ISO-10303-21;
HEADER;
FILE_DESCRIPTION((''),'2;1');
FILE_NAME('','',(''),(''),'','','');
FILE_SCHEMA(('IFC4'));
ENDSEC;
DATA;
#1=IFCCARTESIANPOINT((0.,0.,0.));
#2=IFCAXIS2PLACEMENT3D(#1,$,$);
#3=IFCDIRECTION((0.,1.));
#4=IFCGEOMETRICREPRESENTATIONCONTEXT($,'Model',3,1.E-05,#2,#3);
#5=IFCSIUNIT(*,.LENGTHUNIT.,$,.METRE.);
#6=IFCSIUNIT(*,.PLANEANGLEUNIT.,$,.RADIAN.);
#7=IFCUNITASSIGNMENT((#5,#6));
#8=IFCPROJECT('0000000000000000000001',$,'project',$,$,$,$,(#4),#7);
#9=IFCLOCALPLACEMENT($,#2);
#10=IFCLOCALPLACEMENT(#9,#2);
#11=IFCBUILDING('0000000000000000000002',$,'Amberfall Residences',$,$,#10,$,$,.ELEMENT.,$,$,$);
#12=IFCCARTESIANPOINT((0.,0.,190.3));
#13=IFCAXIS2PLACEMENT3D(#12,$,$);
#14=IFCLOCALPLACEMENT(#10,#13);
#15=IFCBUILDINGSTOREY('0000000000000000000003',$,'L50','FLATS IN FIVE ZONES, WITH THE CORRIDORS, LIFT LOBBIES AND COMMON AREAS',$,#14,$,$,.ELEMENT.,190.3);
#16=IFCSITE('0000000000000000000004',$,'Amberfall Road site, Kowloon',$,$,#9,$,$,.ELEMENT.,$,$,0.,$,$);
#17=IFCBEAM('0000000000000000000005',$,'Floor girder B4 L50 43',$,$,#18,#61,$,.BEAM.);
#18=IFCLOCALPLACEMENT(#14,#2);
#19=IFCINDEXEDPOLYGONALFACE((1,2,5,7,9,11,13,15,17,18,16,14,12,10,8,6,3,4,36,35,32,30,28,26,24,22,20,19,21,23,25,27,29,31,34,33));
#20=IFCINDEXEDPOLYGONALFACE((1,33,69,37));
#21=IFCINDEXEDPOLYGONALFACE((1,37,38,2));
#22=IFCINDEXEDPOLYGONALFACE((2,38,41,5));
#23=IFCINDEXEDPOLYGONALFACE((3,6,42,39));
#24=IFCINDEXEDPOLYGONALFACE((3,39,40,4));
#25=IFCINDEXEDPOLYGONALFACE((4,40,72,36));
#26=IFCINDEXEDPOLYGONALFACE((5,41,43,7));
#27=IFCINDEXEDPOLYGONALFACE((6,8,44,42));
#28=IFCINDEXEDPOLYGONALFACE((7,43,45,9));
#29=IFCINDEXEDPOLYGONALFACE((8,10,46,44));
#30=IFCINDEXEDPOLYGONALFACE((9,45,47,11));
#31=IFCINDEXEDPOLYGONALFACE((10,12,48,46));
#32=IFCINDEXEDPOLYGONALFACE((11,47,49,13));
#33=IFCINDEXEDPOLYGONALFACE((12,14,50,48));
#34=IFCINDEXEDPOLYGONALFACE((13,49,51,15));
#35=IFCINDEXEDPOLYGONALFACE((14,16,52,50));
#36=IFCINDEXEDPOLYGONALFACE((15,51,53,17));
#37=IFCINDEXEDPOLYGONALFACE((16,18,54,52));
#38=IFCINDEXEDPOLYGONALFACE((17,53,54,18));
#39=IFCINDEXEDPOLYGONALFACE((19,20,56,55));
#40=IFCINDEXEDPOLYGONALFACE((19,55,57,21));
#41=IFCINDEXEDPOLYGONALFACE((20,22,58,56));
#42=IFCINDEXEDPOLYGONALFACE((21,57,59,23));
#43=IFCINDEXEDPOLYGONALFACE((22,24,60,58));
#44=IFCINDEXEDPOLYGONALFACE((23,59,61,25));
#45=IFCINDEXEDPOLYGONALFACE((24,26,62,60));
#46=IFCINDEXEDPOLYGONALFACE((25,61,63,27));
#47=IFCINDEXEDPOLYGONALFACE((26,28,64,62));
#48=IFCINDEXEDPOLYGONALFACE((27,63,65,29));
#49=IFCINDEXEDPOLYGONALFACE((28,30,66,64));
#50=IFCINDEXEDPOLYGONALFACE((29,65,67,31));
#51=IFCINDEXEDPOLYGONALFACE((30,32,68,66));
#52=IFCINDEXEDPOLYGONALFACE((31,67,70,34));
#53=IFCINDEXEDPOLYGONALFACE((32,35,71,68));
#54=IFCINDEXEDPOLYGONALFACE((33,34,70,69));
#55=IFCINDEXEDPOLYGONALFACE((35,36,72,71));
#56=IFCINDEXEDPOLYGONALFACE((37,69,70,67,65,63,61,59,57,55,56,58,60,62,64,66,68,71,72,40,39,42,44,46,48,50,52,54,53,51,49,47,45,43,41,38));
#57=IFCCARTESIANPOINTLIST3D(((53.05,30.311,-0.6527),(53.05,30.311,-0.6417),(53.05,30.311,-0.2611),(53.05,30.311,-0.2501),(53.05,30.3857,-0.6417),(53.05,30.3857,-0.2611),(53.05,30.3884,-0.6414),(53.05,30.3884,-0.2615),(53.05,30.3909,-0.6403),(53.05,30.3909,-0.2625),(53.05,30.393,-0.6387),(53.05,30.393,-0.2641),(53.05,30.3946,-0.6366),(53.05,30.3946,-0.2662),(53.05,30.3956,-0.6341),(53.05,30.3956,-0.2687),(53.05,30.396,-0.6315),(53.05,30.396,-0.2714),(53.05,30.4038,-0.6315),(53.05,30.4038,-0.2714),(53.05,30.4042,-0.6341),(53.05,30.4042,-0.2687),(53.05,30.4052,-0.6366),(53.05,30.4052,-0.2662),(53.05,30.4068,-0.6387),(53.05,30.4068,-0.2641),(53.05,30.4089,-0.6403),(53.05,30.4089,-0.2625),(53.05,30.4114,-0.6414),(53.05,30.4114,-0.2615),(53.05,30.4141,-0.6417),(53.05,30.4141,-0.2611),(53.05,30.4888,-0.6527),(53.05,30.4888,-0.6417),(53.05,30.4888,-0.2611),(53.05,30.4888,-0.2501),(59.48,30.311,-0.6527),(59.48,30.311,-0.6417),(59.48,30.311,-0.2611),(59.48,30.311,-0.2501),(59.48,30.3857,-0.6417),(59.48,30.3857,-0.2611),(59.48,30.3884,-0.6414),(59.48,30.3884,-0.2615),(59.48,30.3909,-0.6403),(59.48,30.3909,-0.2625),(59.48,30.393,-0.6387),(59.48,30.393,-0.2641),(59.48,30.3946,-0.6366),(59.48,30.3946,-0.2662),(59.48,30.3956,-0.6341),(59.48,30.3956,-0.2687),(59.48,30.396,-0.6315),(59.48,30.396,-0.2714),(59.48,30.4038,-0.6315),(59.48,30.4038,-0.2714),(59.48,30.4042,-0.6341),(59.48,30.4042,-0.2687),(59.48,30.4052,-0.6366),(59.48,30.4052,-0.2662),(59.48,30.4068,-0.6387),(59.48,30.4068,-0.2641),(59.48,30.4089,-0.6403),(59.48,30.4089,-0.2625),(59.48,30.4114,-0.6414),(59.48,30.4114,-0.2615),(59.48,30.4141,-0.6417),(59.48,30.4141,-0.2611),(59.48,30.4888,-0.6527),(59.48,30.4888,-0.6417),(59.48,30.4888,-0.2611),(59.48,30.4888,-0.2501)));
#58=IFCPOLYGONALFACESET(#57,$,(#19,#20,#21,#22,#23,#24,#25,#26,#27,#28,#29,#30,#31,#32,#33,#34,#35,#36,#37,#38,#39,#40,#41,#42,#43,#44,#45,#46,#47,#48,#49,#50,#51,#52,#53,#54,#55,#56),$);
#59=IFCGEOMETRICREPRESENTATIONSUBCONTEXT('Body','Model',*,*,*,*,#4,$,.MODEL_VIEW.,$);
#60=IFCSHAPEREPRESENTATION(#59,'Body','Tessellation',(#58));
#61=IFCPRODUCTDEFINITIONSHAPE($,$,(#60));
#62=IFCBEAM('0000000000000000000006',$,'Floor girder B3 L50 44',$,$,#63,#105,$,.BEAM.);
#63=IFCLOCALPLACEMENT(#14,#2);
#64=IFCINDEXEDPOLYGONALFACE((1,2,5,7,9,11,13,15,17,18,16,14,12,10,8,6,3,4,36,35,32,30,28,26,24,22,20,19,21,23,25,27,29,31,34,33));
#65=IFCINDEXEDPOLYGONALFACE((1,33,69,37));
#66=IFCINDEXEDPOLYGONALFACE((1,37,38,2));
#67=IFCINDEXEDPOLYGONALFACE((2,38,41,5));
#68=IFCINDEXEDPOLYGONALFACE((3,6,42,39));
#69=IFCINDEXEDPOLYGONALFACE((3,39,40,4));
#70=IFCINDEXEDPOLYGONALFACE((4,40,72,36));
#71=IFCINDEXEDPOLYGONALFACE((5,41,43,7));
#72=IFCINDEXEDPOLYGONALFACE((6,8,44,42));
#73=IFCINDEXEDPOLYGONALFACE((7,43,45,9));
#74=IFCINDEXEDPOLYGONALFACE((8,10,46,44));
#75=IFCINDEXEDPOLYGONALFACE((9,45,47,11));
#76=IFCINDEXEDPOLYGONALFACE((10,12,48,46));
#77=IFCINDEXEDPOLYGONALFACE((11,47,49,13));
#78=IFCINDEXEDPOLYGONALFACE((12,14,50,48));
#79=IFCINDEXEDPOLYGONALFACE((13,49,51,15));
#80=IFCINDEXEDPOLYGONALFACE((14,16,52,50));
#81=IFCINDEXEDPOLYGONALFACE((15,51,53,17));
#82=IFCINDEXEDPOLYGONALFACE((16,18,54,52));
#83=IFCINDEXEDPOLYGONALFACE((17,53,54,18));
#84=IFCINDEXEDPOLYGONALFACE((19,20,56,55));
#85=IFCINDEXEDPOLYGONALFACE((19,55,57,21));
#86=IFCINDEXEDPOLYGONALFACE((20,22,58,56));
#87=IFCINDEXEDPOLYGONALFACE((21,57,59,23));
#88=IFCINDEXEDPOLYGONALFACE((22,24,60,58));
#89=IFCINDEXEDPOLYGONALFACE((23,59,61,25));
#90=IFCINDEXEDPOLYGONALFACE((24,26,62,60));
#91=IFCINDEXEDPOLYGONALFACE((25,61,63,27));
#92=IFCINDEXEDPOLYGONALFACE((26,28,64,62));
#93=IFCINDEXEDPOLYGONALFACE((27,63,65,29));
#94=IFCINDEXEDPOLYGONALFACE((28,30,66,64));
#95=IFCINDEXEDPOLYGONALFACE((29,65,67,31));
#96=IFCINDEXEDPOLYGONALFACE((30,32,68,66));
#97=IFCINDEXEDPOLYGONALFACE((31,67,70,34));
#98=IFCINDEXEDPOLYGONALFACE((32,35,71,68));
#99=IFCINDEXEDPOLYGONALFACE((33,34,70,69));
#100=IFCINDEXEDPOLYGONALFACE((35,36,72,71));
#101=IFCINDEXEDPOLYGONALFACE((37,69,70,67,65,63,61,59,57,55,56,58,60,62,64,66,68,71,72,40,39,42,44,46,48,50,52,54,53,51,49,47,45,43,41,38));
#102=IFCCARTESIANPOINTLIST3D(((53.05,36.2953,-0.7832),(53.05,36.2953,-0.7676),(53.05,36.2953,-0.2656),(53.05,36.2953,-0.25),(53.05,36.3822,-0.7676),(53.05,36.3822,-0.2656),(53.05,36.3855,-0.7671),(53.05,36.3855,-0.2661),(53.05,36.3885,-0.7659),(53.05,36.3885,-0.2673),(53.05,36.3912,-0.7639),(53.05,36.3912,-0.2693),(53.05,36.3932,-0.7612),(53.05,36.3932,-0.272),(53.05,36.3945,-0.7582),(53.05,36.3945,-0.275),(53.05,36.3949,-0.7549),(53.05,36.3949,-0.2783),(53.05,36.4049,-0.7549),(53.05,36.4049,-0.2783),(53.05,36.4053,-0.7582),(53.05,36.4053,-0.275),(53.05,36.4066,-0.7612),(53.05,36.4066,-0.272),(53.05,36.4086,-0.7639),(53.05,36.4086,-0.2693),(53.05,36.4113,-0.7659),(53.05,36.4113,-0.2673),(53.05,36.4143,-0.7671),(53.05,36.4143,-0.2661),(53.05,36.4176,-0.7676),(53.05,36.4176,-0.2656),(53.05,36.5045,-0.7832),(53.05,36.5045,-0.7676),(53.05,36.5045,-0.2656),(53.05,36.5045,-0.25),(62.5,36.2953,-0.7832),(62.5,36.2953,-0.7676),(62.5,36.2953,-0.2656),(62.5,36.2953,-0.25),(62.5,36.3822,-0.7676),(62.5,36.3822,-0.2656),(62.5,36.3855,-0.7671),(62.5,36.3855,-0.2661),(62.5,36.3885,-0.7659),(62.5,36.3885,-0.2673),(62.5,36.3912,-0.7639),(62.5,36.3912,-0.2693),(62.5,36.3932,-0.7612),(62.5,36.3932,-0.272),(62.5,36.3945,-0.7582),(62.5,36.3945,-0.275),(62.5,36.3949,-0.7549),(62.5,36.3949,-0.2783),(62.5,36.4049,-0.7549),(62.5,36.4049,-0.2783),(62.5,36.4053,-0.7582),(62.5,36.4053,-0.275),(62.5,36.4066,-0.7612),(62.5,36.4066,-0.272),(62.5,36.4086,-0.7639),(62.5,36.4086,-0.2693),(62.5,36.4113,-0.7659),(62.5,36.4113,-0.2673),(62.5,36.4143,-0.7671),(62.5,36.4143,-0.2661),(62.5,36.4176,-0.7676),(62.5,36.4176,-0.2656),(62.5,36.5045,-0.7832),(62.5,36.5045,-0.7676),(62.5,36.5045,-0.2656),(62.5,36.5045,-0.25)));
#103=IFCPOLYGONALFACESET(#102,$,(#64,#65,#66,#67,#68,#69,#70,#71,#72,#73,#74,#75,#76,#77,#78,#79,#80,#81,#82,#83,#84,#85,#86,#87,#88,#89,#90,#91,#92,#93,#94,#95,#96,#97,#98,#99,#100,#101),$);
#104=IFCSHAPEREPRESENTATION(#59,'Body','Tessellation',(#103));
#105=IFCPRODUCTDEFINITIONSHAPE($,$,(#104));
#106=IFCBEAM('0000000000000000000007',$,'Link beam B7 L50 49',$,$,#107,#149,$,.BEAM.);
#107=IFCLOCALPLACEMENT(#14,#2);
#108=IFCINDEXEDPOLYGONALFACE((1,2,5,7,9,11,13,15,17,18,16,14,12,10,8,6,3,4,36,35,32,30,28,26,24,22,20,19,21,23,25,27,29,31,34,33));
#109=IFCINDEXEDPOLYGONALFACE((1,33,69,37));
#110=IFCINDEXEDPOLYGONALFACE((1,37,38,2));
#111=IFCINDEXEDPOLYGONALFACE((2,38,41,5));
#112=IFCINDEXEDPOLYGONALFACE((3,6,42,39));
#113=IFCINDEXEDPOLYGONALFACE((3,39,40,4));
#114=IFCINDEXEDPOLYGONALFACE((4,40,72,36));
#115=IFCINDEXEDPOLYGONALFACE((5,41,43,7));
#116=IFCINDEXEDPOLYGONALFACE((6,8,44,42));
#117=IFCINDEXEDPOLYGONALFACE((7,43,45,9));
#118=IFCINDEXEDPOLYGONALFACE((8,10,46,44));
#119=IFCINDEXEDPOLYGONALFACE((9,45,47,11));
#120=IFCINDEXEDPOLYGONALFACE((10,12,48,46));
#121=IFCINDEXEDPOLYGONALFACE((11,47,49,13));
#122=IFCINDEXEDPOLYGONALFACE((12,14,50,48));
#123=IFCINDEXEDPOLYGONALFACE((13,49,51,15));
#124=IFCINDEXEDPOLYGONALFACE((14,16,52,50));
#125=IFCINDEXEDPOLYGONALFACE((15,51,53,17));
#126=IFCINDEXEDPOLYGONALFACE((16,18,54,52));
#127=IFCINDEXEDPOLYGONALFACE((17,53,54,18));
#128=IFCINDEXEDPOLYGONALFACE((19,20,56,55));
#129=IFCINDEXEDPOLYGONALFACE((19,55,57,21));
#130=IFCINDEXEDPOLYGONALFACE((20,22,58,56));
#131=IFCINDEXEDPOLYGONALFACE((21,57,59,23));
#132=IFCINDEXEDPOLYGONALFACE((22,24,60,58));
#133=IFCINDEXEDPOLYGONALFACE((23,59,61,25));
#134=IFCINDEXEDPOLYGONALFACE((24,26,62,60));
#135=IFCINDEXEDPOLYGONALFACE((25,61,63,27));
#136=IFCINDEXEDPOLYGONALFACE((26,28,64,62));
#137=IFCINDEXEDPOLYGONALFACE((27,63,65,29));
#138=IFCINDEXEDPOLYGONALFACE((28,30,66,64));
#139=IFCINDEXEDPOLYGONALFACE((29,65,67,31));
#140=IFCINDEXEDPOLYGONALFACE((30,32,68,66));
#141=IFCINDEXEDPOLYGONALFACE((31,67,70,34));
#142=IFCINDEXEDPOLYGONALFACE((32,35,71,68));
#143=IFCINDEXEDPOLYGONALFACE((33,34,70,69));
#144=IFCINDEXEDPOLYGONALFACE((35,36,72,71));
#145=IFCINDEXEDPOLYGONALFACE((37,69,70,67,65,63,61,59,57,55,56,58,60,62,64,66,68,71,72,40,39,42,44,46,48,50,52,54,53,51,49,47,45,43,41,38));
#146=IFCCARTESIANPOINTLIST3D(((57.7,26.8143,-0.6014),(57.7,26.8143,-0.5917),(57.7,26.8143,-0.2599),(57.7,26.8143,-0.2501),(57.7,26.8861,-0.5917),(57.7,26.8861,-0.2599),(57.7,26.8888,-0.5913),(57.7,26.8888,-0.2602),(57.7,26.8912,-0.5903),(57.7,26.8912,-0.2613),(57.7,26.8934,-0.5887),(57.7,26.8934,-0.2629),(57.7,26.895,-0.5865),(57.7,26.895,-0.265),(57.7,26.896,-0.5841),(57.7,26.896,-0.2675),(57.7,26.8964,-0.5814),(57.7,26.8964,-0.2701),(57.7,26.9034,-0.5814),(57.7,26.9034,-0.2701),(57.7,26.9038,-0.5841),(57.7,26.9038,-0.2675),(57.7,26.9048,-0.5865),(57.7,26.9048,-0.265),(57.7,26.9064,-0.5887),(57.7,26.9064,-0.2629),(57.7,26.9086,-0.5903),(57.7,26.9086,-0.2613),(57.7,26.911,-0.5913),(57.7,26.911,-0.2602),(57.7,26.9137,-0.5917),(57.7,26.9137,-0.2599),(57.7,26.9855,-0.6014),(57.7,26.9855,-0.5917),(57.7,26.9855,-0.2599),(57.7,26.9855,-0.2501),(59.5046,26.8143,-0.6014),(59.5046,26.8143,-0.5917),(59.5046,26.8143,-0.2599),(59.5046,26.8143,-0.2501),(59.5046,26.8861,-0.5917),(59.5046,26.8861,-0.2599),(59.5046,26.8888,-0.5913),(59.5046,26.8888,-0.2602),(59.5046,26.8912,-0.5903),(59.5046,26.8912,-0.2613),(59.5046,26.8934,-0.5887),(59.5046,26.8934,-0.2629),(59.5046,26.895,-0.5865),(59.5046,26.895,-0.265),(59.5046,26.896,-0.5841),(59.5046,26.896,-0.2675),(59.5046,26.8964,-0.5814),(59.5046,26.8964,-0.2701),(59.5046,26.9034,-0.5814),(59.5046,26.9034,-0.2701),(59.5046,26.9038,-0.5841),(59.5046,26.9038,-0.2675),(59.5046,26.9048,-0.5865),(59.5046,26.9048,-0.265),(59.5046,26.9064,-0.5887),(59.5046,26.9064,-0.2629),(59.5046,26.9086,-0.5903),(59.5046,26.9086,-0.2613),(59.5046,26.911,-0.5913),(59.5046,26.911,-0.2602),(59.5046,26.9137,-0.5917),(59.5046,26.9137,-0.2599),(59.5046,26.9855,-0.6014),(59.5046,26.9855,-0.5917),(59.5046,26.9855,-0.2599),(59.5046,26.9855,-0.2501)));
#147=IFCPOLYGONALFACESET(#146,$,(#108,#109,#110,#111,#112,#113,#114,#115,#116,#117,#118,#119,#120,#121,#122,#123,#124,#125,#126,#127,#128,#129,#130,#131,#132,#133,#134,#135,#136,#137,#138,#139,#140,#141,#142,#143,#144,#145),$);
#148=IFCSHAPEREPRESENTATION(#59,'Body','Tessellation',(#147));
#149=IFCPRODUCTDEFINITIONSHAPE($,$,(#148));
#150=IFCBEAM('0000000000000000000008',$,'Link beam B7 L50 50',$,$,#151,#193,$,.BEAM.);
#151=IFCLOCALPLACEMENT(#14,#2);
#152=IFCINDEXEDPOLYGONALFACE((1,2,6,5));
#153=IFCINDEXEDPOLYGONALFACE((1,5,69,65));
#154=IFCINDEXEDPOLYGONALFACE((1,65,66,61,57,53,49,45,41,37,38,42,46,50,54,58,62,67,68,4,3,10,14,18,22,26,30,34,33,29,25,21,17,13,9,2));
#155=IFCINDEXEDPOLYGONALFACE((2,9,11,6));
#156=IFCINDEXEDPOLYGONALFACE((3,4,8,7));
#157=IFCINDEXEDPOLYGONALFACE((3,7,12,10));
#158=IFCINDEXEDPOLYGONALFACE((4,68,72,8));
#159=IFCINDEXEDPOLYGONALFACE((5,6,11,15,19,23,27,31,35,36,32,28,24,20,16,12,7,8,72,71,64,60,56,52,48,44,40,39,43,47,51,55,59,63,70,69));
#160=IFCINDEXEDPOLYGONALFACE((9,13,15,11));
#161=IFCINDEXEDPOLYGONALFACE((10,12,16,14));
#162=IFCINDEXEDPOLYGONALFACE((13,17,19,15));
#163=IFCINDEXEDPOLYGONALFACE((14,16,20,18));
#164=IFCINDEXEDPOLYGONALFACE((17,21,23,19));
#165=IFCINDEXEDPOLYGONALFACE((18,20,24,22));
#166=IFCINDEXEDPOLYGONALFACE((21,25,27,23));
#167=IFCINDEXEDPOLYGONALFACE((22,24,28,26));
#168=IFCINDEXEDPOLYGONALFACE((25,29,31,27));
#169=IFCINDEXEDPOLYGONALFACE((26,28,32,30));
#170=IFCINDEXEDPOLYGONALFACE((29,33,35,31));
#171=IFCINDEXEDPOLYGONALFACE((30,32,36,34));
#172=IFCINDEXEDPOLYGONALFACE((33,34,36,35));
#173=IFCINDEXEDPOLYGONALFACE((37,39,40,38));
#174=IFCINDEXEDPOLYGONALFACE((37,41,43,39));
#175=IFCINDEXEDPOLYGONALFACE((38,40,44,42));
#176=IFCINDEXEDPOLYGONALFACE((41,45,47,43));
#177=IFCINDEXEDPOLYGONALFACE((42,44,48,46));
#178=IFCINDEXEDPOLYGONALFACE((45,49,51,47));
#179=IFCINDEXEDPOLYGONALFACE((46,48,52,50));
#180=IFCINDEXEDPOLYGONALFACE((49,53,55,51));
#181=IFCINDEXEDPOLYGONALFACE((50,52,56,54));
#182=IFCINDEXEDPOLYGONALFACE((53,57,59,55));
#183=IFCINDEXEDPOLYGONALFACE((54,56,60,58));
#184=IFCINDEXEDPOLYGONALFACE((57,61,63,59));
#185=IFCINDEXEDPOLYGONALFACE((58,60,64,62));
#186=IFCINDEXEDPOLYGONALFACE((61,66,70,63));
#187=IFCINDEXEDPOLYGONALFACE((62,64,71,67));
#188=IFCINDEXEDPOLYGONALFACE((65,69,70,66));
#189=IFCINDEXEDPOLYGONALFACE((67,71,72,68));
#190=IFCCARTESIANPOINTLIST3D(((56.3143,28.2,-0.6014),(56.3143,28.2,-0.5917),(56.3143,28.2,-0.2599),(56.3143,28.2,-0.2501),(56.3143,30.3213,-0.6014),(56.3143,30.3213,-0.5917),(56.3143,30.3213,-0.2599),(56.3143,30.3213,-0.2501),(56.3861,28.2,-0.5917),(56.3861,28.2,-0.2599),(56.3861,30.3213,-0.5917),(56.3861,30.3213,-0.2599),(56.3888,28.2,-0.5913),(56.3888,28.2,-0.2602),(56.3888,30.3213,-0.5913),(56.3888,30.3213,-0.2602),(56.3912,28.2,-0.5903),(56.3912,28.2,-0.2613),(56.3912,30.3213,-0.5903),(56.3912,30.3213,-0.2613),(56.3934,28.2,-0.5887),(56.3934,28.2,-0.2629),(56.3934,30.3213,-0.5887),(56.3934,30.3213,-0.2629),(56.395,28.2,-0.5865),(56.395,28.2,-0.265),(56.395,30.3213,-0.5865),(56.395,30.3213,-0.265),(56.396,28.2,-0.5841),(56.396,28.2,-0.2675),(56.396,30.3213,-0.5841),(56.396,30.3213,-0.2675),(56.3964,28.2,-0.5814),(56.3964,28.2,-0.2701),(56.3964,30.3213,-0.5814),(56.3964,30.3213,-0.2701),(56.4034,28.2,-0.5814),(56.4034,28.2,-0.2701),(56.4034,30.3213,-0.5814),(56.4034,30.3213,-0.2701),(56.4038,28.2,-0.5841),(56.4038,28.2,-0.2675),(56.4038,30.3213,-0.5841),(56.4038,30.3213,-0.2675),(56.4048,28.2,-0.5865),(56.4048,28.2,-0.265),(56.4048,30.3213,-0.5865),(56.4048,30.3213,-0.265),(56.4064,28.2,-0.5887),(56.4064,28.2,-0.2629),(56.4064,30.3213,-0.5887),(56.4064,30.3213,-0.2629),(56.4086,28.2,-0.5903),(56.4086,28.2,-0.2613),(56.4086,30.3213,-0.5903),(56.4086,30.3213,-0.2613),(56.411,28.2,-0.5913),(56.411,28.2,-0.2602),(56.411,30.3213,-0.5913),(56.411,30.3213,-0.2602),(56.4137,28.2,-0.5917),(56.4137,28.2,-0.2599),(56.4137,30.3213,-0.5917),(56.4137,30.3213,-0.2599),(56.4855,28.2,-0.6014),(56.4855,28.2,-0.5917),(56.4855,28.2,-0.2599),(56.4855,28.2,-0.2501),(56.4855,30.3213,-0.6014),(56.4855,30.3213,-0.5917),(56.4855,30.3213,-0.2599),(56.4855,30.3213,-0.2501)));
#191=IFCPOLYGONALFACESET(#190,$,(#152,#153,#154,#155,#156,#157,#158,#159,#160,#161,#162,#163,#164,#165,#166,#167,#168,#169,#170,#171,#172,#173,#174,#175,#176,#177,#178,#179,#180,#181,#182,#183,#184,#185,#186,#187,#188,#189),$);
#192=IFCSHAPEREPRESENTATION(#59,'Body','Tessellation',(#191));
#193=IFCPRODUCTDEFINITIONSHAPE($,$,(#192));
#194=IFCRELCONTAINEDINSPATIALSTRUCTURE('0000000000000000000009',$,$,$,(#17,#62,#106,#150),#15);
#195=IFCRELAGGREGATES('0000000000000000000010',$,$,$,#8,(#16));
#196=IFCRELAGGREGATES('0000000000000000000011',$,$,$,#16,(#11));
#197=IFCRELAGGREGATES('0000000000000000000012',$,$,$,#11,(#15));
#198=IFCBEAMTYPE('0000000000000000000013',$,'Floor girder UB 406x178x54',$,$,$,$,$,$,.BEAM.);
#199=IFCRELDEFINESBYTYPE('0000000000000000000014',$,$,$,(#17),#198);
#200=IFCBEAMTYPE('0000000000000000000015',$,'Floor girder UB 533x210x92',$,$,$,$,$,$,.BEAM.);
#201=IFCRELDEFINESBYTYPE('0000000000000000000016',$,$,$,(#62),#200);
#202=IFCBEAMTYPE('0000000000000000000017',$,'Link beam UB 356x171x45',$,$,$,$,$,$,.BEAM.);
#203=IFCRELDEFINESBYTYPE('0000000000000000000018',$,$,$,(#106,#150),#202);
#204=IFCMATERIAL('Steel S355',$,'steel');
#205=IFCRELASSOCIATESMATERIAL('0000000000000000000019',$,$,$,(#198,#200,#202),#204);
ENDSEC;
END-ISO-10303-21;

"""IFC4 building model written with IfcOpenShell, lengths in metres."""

from ifc_helpers import new_model, si_unit, direction, frame, origin, origin_2d, place, context, subcontext, project, spatial, i_section, extrude, material, material_profile, profile_set, type_object, element, save


model = new_model("IFC4")

# Units and contexts
model_context = context("Model", 3, precision=1e-05, world=origin(), true_north=direction((0.0, 1.0)))
body_context = subcontext(model_context, "Body", "Model", "MODEL_VIEW")
ifc_project = project(units=[si_unit("LENGTHUNIT", "METRE"), si_unit("PLANEANGLEUNIT", "RADIAN")], contexts=[model_context])

# Site, building, storey
site_placement = place(None, origin())
site = spatial("IfcSite", under=ifc_project, at=site_placement, Name="Amberfall Road site, Kowloon", CompositionType="ELEMENT", RefElevation=0.0)
building_placement = place(site_placement, origin())
building = spatial("IfcBuilding", under=site, at=building_placement, Name="Amberfall Residences", CompositionType="ELEMENT")
storey_placement = place(building_placement, frame((0.0, 0.0, 190.3)))
storey = spatial("IfcBuildingStorey", under=building, at=storey_placement, Name="L50", Description="FLATS IN FIVE ZONES, WITH THE CORRIDORS, LIFT LOBBIES AND COMMON AREAS", CompositionType="ELEMENT", Elevation=190.3)

# Beams
ifc_material_1 = material(Name="Steel S355", Category="steel")
ifc_material_profile_1 = material_profile(ifc_material_1, i_section(OverallWidth=0.1777, OverallDepth=0.4026, WebThickness=0.0078, FlangeThickness=0.011, FilletRadius=0.0103, at=origin_2d()), Name="UB 406x178x54")
ifc_profile_set_1 = profile_set([ifc_material_profile_1], Name="Steel S355")
beam_type_1 = type_object("IfcBeamType", Name="Floor girder UB 406x178x54", PredefinedType="BEAM", material=ifc_profile_set_1)
beam_1_placement = place(storey_placement, frame((53.05, 30.3999, -0.4514), z_axis=(1.0, 0.0, 0.0), x_axis=(0.0, 1.0, 0.0)))
element("IfcBeam", 1, at=beam_1_placement, inside=storey, type_object=beam_type_1, Name="Floor girder B4 L50 43", PredefinedType="BEAM", context=body_context, shape_type="SweptSolid", body=[
    extrude(i_section(OverallWidth=0.1777, OverallDepth=0.4026, WebThickness=0.0078, FlangeThickness=0.011, FilletRadius=0.0103, at=origin_2d()), origin(), (0.0, 0.0, 1.0), 6.4299),
])
ifc_material_profile_2 = material_profile(ifc_material_1, i_section(OverallWidth=0.2092, OverallDepth=0.5332, WebThickness=0.01, FlangeThickness=0.0156, FilletRadius=0.0127, at=origin_2d()), Name="UB 533x210x92")
ifc_profile_set_2 = profile_set([ifc_material_profile_2], Name="Steel S355")
beam_type_2 = type_object("IfcBeamType", Name="Floor girder UB 533x210x92", PredefinedType="BEAM", material=ifc_profile_set_2)
beam_2_placement = place(storey_placement, frame((53.05, 36.3999, -0.5166), z_axis=(1.0, 0.0, 0.0), x_axis=(0.0, 1.0, 0.0)))
element("IfcBeam", 2, at=beam_2_placement, inside=storey, type_object=beam_type_2, Name="Floor girder B3 L50 44", PredefinedType="BEAM", context=body_context, shape_type="SweptSolid", body=[
    extrude(i_section(OverallWidth=0.2092, OverallDepth=0.5332, WebThickness=0.01, FlangeThickness=0.0156, FilletRadius=0.0127, at=origin_2d()), origin(), (0.0, 0.0, 1.0), 9.45),
])
ifc_material_profile_3 = material_profile(ifc_material_1, i_section(OverallWidth=0.1711, OverallDepth=0.3513, WebThickness=0.0071, FlangeThickness=0.0098, FilletRadius=0.0103, at=origin_2d()), Name="UB 356x171x45")
ifc_profile_set_3 = profile_set([ifc_material_profile_3], Name="Steel S355")
beam_type_3 = type_object("IfcBeamType", Name="Link beam UB 356x171x45", PredefinedType="BEAM", material=ifc_profile_set_3)
beam_3_placement = place(storey_placement, frame((57.7, 26.8999, -0.4258), z_axis=(1.0, 0.0, 0.0), x_axis=(0.0, 1.0, 0.0)))
element("IfcBeam", 3, at=beam_3_placement, inside=storey, type_object=beam_type_3, Name="Link beam B7 L50 49", PredefinedType="BEAM", context=body_context, shape_type="SweptSolid", body=[
    extrude(i_section(OverallWidth=0.1711, OverallDepth=0.3513, WebThickness=0.0071, FlangeThickness=0.0098, FilletRadius=0.0103, at=origin_2d()), origin(), (0.0, 0.0, 1.0), 1.8047),
])
beam_4_placement = place(storey_placement, frame((56.3999, 28.2, -0.4258), z_axis=(0.0, 1.0, 0.0), x_axis=(-1.0, 0.0, 0.0)))
element("IfcBeam", 4, at=beam_4_placement, inside=storey, type_object=beam_type_3, Name="Link beam B7 L50 50", PredefinedType="BEAM", context=body_context, shape_type="SweptSolid", body=[
    extrude(i_section(OverallWidth=0.1711, OverallDepth=0.3513, WebThickness=0.0071, FlangeThickness=0.0098, FilletRadius=0.0103, at=origin_2d()), origin(), (0.0, 0.0, 1.0), 2.1213),
])

save(model, "model.ifc")
